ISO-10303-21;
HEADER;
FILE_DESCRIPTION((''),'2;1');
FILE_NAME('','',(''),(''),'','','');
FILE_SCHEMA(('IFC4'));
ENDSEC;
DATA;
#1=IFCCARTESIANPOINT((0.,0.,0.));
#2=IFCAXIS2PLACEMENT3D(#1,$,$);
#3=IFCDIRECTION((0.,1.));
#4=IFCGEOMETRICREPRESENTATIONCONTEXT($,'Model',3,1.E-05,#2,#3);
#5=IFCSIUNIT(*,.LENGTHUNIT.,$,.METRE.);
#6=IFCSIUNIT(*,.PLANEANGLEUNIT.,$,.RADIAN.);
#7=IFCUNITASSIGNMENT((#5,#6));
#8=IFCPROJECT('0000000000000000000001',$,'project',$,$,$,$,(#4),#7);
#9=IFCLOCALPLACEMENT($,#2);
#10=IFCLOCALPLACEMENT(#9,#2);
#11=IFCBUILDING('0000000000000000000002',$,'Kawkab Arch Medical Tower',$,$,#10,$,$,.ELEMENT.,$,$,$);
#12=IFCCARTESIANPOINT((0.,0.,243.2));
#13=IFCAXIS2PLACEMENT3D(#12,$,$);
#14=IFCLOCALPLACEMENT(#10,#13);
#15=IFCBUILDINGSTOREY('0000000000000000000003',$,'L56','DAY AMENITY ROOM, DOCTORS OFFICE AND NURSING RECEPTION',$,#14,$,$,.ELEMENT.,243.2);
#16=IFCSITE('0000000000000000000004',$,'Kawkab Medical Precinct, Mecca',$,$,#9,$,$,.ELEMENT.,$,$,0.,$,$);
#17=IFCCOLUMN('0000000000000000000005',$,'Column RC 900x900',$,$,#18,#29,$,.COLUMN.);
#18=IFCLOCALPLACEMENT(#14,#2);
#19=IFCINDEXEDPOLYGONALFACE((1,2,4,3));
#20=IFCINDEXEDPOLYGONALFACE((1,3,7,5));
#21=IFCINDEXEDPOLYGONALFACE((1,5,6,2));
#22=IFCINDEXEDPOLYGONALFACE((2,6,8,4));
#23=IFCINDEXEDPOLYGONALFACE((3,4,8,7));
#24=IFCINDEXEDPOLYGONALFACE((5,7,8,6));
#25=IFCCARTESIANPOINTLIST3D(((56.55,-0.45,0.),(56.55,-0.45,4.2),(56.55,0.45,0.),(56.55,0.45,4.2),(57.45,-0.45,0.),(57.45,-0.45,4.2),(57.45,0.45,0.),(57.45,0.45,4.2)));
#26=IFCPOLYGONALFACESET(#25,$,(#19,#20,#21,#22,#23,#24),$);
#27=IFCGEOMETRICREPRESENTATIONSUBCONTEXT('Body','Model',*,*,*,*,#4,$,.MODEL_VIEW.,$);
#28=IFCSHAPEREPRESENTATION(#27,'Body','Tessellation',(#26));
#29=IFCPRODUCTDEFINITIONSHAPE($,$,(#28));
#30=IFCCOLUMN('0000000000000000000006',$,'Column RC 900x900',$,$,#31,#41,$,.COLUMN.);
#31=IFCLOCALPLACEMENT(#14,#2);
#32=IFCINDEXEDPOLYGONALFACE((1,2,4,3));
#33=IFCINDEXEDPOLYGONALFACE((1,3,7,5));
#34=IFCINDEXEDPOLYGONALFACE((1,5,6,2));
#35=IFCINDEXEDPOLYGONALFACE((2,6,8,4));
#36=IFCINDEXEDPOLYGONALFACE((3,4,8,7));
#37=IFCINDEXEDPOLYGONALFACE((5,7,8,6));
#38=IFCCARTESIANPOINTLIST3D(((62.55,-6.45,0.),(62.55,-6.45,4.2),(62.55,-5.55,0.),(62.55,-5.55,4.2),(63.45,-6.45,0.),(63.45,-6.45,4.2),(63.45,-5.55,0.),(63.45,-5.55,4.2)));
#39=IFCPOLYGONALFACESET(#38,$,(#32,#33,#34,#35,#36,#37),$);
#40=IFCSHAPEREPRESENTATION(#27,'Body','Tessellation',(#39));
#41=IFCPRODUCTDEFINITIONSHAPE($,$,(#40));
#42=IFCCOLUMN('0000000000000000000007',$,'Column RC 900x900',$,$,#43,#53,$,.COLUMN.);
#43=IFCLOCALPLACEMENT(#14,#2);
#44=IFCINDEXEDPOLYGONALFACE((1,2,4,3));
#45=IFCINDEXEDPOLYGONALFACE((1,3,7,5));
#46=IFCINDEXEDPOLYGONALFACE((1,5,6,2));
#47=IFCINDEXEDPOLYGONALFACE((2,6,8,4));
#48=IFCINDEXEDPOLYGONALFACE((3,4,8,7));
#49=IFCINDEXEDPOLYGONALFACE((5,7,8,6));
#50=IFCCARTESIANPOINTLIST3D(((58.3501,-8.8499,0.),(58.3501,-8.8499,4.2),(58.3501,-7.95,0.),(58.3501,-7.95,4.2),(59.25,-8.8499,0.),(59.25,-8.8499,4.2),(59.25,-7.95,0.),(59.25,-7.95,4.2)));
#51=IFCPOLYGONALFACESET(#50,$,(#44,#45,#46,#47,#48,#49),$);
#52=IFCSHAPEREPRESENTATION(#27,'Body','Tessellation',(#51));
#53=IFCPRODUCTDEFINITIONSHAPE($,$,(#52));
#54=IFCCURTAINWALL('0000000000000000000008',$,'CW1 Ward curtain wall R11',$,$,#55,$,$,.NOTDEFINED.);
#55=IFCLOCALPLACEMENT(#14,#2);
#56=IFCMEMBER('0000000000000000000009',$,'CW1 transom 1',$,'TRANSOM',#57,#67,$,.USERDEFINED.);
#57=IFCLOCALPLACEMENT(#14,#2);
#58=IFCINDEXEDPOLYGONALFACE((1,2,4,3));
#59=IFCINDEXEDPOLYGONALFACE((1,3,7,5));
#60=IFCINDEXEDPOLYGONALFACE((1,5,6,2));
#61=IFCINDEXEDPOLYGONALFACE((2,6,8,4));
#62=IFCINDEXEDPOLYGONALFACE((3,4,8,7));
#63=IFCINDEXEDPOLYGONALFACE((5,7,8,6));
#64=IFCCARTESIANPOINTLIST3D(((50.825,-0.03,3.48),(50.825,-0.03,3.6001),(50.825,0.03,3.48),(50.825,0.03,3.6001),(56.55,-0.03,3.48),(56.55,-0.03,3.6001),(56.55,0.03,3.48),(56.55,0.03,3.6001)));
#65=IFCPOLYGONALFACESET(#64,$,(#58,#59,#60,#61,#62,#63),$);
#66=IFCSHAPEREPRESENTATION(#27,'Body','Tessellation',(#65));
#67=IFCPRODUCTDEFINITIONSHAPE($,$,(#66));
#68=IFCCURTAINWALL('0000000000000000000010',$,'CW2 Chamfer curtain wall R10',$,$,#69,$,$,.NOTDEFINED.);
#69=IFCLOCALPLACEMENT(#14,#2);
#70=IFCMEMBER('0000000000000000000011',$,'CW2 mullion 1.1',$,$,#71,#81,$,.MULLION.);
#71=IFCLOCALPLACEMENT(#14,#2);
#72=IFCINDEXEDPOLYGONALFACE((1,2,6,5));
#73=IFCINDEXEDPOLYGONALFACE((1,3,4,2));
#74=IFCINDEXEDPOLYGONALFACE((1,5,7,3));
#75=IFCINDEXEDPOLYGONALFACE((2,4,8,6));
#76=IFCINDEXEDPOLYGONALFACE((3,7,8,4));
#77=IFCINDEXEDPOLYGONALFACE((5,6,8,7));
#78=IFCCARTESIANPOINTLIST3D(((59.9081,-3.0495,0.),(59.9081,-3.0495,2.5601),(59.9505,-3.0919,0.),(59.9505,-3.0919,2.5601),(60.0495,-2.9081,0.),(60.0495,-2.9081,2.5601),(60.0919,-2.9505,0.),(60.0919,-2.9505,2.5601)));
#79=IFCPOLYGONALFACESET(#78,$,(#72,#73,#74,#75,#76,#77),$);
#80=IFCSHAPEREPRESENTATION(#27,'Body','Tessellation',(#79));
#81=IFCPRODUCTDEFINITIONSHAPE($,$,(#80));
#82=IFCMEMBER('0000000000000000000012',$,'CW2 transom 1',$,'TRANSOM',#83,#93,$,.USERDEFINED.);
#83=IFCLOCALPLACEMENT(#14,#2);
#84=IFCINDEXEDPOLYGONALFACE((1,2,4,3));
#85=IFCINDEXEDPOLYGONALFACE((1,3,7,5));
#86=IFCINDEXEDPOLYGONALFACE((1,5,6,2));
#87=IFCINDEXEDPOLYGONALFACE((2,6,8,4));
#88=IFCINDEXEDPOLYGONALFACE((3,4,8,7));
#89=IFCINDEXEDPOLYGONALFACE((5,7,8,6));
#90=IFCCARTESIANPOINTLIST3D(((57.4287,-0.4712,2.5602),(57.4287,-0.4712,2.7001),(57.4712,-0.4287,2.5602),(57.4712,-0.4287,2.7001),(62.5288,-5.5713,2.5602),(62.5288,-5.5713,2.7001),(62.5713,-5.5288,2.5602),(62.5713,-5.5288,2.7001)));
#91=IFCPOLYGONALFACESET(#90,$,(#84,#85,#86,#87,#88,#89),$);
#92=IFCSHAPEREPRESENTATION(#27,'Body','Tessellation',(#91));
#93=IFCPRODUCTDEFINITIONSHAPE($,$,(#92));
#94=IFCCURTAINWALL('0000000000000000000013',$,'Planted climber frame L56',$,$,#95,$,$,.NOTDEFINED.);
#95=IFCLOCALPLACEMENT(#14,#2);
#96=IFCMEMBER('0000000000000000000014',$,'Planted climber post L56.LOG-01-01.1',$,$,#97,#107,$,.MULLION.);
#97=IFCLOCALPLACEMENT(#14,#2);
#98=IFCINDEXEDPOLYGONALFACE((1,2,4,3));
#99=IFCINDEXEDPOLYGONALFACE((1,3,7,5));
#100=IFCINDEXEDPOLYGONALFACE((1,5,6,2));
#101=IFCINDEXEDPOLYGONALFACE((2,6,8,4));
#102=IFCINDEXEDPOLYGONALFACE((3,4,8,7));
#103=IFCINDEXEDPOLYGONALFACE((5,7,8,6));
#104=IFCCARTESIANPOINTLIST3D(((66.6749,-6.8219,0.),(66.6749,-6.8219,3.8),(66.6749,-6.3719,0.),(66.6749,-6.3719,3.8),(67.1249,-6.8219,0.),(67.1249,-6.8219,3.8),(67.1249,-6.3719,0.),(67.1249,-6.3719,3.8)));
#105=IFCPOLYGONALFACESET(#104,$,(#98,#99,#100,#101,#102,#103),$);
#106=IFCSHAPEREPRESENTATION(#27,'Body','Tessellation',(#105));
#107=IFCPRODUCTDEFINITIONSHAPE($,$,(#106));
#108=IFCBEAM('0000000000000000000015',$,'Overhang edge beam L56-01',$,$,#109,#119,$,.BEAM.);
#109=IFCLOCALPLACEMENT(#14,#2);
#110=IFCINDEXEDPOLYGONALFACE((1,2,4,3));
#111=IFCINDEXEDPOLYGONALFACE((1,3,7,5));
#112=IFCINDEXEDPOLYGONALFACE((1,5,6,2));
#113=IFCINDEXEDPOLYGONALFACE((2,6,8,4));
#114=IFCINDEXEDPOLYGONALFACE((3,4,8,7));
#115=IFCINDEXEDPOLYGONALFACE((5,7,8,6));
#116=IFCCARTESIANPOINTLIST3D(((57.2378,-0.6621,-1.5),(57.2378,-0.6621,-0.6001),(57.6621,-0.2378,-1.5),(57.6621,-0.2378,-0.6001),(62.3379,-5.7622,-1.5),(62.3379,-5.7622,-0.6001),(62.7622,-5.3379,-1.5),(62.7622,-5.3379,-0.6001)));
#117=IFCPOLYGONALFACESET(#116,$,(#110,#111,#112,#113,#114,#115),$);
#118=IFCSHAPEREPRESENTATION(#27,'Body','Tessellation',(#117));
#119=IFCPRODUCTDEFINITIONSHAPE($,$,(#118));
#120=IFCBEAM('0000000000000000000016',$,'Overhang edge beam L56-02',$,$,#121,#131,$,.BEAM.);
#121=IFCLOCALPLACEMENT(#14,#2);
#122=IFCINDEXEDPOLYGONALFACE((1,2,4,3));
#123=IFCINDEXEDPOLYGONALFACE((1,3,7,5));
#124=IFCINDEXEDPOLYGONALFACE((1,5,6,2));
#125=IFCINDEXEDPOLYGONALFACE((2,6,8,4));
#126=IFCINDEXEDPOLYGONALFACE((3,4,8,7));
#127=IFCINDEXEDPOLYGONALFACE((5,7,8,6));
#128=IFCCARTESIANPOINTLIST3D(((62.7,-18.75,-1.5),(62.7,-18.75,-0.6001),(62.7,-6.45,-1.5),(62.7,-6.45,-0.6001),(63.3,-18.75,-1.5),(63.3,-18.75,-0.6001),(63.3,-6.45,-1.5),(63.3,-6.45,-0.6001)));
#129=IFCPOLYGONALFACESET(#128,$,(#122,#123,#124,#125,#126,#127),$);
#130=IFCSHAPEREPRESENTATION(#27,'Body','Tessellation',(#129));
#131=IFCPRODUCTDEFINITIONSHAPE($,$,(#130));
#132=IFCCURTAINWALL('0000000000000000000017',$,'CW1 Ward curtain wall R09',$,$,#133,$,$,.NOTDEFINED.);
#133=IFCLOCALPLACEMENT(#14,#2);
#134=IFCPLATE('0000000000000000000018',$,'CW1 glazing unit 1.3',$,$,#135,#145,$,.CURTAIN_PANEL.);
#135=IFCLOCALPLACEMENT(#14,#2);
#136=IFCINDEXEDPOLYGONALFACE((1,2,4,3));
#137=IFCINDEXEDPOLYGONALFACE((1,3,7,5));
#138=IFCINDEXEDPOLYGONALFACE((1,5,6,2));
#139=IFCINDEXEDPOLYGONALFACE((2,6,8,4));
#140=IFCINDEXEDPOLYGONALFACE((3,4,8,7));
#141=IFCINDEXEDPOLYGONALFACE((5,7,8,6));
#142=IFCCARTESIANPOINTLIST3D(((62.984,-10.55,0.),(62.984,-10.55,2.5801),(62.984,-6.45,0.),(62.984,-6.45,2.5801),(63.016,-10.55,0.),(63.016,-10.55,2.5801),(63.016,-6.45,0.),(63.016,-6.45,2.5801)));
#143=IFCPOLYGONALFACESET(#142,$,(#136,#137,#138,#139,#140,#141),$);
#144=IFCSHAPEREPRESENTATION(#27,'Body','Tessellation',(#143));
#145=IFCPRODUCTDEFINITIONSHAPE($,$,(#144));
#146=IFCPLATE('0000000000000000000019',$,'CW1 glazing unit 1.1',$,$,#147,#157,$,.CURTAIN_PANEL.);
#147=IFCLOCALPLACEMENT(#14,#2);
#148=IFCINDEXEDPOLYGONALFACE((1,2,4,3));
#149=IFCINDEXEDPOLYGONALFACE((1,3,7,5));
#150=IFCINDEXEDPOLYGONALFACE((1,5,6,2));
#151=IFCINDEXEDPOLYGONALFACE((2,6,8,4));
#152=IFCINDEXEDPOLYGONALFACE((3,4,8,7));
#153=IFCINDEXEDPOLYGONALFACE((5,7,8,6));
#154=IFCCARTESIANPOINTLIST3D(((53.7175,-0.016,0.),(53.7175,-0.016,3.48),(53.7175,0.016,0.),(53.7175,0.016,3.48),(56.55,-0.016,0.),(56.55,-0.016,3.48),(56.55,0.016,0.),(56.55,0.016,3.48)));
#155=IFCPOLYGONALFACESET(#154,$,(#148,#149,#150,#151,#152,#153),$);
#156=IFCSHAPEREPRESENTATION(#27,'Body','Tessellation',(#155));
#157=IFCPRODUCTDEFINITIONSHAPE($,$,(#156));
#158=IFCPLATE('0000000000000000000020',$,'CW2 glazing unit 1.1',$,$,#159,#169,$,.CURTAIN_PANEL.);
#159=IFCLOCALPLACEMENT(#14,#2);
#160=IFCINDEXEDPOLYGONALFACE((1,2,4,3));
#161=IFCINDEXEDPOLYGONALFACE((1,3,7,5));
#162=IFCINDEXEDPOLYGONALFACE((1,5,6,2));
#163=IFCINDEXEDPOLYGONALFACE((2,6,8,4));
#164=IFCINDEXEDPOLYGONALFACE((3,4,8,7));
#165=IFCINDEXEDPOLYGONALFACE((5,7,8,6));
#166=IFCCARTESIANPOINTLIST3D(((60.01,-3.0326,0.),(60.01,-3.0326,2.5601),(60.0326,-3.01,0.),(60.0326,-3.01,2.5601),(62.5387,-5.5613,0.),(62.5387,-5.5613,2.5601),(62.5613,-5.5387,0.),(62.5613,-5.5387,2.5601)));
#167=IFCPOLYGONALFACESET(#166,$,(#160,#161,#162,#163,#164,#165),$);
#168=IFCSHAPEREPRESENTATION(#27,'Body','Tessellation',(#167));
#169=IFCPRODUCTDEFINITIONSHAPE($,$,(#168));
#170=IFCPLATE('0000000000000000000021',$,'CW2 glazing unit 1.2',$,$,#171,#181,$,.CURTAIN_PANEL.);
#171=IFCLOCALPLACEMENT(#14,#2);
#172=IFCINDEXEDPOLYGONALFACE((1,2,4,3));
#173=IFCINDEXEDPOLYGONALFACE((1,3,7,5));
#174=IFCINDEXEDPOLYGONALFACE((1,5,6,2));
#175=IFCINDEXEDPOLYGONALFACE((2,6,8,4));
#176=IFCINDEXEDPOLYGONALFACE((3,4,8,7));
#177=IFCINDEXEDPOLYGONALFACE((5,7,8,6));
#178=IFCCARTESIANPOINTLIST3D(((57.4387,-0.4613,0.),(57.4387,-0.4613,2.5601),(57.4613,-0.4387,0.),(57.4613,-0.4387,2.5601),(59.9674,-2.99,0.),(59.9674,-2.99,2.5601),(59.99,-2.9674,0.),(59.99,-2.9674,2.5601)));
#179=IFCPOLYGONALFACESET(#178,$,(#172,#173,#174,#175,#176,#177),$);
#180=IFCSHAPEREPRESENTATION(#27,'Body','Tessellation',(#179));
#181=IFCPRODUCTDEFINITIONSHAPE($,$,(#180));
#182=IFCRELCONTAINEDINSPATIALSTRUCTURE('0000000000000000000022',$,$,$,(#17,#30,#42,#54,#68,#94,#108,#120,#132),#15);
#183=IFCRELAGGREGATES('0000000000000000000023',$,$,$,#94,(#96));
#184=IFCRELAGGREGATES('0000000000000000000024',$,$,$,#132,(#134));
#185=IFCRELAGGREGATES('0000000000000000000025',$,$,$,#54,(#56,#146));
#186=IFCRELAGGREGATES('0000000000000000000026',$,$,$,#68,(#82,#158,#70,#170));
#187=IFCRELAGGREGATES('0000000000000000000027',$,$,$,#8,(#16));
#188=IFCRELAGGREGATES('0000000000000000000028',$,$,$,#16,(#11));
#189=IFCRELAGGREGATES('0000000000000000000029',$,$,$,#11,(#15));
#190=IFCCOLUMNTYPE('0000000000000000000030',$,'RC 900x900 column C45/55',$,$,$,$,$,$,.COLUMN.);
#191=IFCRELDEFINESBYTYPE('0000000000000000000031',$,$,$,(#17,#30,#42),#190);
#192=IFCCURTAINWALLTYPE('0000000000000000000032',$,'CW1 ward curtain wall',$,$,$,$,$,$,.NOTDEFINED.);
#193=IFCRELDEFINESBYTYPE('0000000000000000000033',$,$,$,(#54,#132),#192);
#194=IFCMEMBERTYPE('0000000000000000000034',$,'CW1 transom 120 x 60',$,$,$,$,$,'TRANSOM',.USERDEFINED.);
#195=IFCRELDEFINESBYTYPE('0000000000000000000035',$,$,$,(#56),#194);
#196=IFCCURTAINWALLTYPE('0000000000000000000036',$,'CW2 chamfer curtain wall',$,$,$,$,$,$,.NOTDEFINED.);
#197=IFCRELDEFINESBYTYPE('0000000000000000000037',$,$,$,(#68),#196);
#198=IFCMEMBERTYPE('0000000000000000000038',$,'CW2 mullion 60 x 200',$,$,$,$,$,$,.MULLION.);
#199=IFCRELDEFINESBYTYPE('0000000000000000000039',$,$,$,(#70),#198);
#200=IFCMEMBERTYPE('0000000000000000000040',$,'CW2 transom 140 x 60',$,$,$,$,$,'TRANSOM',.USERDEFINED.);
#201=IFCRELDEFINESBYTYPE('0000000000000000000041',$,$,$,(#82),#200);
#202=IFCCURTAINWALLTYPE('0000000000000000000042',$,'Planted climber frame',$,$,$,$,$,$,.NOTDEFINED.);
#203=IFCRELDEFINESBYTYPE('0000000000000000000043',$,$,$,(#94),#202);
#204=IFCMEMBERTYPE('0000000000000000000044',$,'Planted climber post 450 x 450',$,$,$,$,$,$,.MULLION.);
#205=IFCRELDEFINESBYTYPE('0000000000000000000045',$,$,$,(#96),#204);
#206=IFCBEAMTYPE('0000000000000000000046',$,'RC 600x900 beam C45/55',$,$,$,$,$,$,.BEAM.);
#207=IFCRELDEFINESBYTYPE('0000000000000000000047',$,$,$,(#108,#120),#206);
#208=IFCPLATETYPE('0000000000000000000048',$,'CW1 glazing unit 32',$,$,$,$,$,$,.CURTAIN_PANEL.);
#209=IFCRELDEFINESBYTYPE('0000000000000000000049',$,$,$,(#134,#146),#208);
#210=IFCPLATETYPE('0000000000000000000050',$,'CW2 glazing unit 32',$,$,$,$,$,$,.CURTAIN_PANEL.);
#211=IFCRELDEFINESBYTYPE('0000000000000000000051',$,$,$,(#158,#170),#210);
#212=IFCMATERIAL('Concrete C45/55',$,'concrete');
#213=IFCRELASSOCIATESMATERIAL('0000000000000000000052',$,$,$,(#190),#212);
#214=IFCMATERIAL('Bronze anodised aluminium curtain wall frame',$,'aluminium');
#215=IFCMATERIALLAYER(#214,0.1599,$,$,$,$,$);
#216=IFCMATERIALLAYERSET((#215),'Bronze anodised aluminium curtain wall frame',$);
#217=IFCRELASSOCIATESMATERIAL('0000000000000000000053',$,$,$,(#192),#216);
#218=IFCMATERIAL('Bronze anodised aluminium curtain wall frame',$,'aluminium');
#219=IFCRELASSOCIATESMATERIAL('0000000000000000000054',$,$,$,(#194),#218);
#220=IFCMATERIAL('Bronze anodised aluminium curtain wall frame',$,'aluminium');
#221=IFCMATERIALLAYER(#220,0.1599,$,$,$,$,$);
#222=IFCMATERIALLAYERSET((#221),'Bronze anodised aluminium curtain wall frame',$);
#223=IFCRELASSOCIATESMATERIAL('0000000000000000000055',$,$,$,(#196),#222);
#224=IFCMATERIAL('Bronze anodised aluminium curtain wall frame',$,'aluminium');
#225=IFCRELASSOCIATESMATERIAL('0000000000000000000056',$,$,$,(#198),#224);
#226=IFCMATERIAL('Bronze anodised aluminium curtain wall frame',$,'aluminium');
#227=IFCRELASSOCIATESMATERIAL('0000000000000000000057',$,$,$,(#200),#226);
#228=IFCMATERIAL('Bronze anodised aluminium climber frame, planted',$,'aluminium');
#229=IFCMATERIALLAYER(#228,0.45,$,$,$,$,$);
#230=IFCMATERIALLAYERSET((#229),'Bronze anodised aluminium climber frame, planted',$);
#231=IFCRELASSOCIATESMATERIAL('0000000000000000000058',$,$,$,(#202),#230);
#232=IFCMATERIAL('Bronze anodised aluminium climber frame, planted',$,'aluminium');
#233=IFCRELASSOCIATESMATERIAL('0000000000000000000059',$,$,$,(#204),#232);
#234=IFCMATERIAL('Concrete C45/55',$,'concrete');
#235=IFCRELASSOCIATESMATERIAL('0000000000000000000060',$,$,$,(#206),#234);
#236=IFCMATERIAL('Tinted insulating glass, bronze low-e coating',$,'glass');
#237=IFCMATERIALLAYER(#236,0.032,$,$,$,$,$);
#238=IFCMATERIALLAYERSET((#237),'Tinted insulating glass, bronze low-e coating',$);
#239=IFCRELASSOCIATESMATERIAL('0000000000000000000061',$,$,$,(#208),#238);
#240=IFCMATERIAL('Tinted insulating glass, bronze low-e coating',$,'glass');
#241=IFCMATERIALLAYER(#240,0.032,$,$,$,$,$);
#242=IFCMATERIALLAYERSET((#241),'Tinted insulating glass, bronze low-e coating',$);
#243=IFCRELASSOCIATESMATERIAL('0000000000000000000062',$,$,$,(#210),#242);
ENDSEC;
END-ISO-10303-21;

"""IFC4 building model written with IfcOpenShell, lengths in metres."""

from ifc_helpers import new_model, si_unit, direction, frame, origin, origin_2d, place, context, subcontext, project, spatial, rectangle, extrude, material, layer, layer_set, material_profile, profile_set, type_object, element, aggregate, save


model = new_model("IFC4")

# Units and contexts
model_context = context("Model", 3, precision=1e-05, world=origin(), true_north=direction((0.0, 1.0)))
body_context = subcontext(model_context, "Body", "Model", "MODEL_VIEW")
ifc_project = project(units=[si_unit("LENGTHUNIT", "METRE"), si_unit("PLANEANGLEUNIT", "RADIAN")], contexts=[model_context])

# Site, building, storey
site_placement = place(None, origin())
site = spatial("IfcSite", under=ifc_project, at=site_placement, Name="Kawkab Medical Precinct, Mecca", CompositionType="ELEMENT", RefElevation=0.0)
building_placement = place(site_placement, origin())
building = spatial("IfcBuilding", under=site, at=building_placement, Name="Kawkab Arch Medical Tower", CompositionType="ELEMENT")
storey_placement = place(building_placement, frame((0.0, 0.0, 243.2)))
storey = spatial("IfcBuildingStorey", under=building, at=storey_placement, Name="L56", Description="DAY AMENITY ROOM, DOCTORS OFFICE AND NURSING RECEPTION", CompositionType="ELEMENT", Elevation=243.2)

# Columns
ifc_material_1 = material(Name="Concrete C45/55", Category="concrete")
ifc_material_profile_1 = material_profile(ifc_material_1, rectangle(XDim=0.8999, YDim=0.8999, at=origin_2d()), Name="RC 900x900")
ifc_profile_set_1 = profile_set([ifc_material_profile_1], Name="Concrete C45/55")
column_type = type_object("IfcColumnType", Name="RC 900x900 column C45/55", PredefinedType="COLUMN", material=ifc_profile_set_1)
for number, where, z_axis, x_axis, name in (
    (1, (57.0, 0.0, 0.0), (0.0, 0.0, 1.0), (1.0, 0.0, 0.0), "Column RC 900x900"),
    (2, (63.0, -6.0, 0.0), (0.0, 0.0, 1.0), (1.0, 0.0, 0.0), "Column RC 900x900"),
    (3, (58.8, -8.3999, 0.0), (0.0, 0.0, 1.0), (1.0, 0.0, 0.0), "Column RC 900x900"),
):
    element("IfcColumn", number, at=place(storey_placement, frame(where, z_axis=z_axis, x_axis=x_axis)), inside=storey, type_object=column_type, Name=name, PredefinedType="COLUMN", context=body_context, shape_type="SweptSolid", body=[
        extrude(rectangle(XDim=0.8999, YDim=0.8999, at=origin_2d()), origin(), (0.0, 0.0, 1.0), 4.2),
    ])

# Curtain wall, member
ifc_material_2 = material(Name="Bronze anodised aluminium curtain wall frame", Category="aluminium")
ifc_layer_1 = layer(ifc_material_2, 0.1599)
ifc_layer_set_1 = layer_set([ifc_layer_1], Name="Bronze anodised aluminium curtain wall frame")
curtain_wall_type_1 = type_object("IfcCurtainWallType", Name="CW1 ward curtain wall", PredefinedType="NOTDEFINED", material=ifc_layer_set_1)
placement = place(storey_placement, origin())
curtain_wall_1 = element("IfcCurtainWall", 4, at=placement, inside=storey, type_object=curtain_wall_type_1, Name="CW1 Ward curtain wall R11", PredefinedType="NOTDEFINED")
ifc_material_3 = material(Name="Bronze anodised aluminium curtain wall frame", Category="aluminium")
ifc_material_profile_2 = material_profile(ifc_material_3, rectangle(XDim=0.0601, YDim=0.1201, at=origin_2d()), Name="AL 60x120")
ifc_profile_set_2 = profile_set([ifc_material_profile_2], Name="Bronze anodised aluminium curtain wall frame")
member_type_1 = type_object("IfcMemberType", Name="CW1 transom 120 x 60", ElementType="TRANSOM", PredefinedType="USERDEFINED", material=ifc_profile_set_2)
member_1_placement = place(storey_placement, frame((56.55, 0.0, 3.54), z_axis=(-1.0, 0.0, 0.0), x_axis=(0.0, -1.0, 0.0)))
member_1 = element("IfcMember", 5, at=member_1_placement, type_object=member_type_1, Name="CW1 transom 1", ObjectType="TRANSOM", PredefinedType="USERDEFINED", context=body_context, shape_type="SweptSolid", body=[
    extrude(rectangle(XDim=0.0601, YDim=0.1201, at=origin_2d()), origin(), (0.0, 0.0, 1.0), 5.7251),
])

# Curtain wall, members
ifc_material_4 = material(Name="Bronze anodised aluminium curtain wall frame", Category="aluminium")
ifc_layer_2 = layer(ifc_material_4, 0.1599)
ifc_layer_set_2 = layer_set([ifc_layer_2], Name="Bronze anodised aluminium curtain wall frame")
curtain_wall_type_2 = type_object("IfcCurtainWallType", Name="CW2 chamfer curtain wall", PredefinedType="NOTDEFINED", material=ifc_layer_set_2)
curtain_wall_2 = element("IfcCurtainWall", 6, at=placement, inside=storey, type_object=curtain_wall_type_2, Name="CW2 Chamfer curtain wall R10", PredefinedType="NOTDEFINED")
ifc_material_5 = material(Name="Bronze anodised aluminium curtain wall frame", Category="aluminium")
ifc_material_profile_3 = material_profile(ifc_material_5, rectangle(XDim=0.2, YDim=0.0601, at=origin_2d()), Name="AL 60x200")
ifc_profile_set_3 = profile_set([ifc_material_profile_3], Name="Bronze anodised aluminium curtain wall frame")
member_type_2 = type_object("IfcMemberType", Name="CW2 mullion 60 x 200", PredefinedType="MULLION", material=ifc_profile_set_3)
member_2_placement = place(storey_placement, frame((60.0, -3.0, 0.0), z_axis=(0.0, 0.0, 1.0), x_axis=(-0.707107, -0.707107, 0.0)))
member_2 = element("IfcMember", 7, at=member_2_placement, type_object=member_type_2, Name="CW2 mullion 1.1", PredefinedType="MULLION", context=body_context, shape_type="SweptSolid", body=[
    extrude(rectangle(XDim=0.2, YDim=0.0601, at=origin_2d()), origin(), (0.0, 0.0, 1.0), 2.5601),
])
ifc_material_6 = material(Name="Bronze anodised aluminium curtain wall frame", Category="aluminium")
ifc_material_profile_4 = material_profile(ifc_material_6, rectangle(XDim=0.0601, YDim=0.1399, at=origin_2d()), Name="AL 60x140")
ifc_profile_set_4 = profile_set([ifc_material_profile_4], Name="Bronze anodised aluminium curtain wall frame")
member_type_3 = type_object("IfcMemberType", Name="CW2 transom 140 x 60", ElementType="TRANSOM", PredefinedType="USERDEFINED", material=ifc_profile_set_4)
member_3_placement = place(storey_placement, frame((62.55, -5.55, 2.6301), z_axis=(-0.707107, 0.707107, 0.0), x_axis=(-0.707107, -0.707107, 0.0)))
member_3 = element("IfcMember", 8, at=member_3_placement, type_object=member_type_3, Name="CW2 transom 1", ObjectType="TRANSOM", PredefinedType="USERDEFINED", context=body_context, shape_type="SweptSolid", body=[
    extrude(rectangle(XDim=0.0601, YDim=0.1399, at=origin_2d()), origin(), (0.0, 0.0, 1.0), 7.2126),
])

# Curtain wall, member
ifc_material_7 = material(Name="Bronze anodised aluminium climber frame, planted", Category="aluminium")
ifc_layer_3 = layer(ifc_material_7, 0.45)
ifc_layer_set_3 = layer_set([ifc_layer_3], Name="Bronze anodised aluminium climber frame, planted")
curtain_wall_type_3 = type_object("IfcCurtainWallType", Name="Planted climber frame", PredefinedType="NOTDEFINED", material=ifc_layer_set_3)
curtain_wall_3 = element("IfcCurtainWall", 9, at=placement, inside=storey, type_object=curtain_wall_type_3, Name="Planted climber frame L56", PredefinedType="NOTDEFINED")
ifc_material_8 = material(Name="Bronze anodised aluminium climber frame, planted", Category="aluminium")
ifc_material_profile_5 = material_profile(ifc_material_8, rectangle(XDim=0.45, YDim=0.45, at=origin_2d()), Name="Post 450x450")
ifc_profile_set_5 = profile_set([ifc_material_profile_5], Name="Bronze anodised aluminium climber frame, planted")
member_type_4 = type_object("IfcMemberType", Name="Planted climber post 450 x 450", PredefinedType="MULLION", material=ifc_profile_set_5)
member_4_placement = place(storey_placement, frame((66.8999, -6.5969, 0.0), z_axis=(0.0, 0.0, 1.0), x_axis=(1.0, 0.0, 0.0)))
member_4 = element("IfcMember", 10, at=member_4_placement, type_object=member_type_4, Name="Planted climber post L56.LOG-01-01.1", PredefinedType="MULLION", context=body_context, shape_type="SweptSolid", body=[
    extrude(rectangle(XDim=0.45, YDim=0.45, at=origin_2d()), origin(), (0.0, 0.0, 1.0), 3.8),
])
aggregate(curtain_wall_3, [member_4])

# Beams
ifc_material_9 = material(Name="Concrete C45/55", Category="concrete")
ifc_material_profile_6 = material_profile(ifc_material_9, rectangle(XDim=0.6001, YDim=0.8999, at=origin_2d()), Name="RC 600x900")
ifc_profile_set_6 = profile_set([ifc_material_profile_6], Name="Concrete C45/55")
beam_type = type_object("IfcBeamType", Name="RC 600x900 beam C45/55", PredefinedType="BEAM", material=ifc_profile_set_6)
beam_1_placement = place(storey_placement, frame((57.45, -0.45, -1.05), z_axis=(0.707107, -0.707107, 0.0), x_axis=(0.707107, 0.707107, 0.0)))
element("IfcBeam", 11, at=beam_1_placement, inside=storey, type_object=beam_type, Name="Overhang edge beam L56-01", PredefinedType="BEAM", context=body_context, shape_type="SweptSolid", body=[
    extrude(rectangle(XDim=0.6001, YDim=0.8999, at=origin_2d()), origin(), (0.0, 0.0, 1.0), 7.2126),
])
beam_2_placement = place(storey_placement, frame((63.0, -6.45, -1.05), z_axis=(0.0, -1.0, 0.0), x_axis=(1.0, 0.0, 0.0)))
element("IfcBeam", 12, at=beam_2_placement, inside=storey, type_object=beam_type, Name="Overhang edge beam L56-02", PredefinedType="BEAM", context=body_context, shape_type="SweptSolid", body=[
    extrude(rectangle(XDim=0.6001, YDim=0.8999, at=origin_2d()), origin(), (0.0, 0.0, 1.0), 12.3),
])

# Curtain wall, plate
curtain_wall_4 = element("IfcCurtainWall", 13, at=placement, inside=storey, type_object=curtain_wall_type_1, Name="CW1 Ward curtain wall R09", PredefinedType="NOTDEFINED")
ifc_material_10 = material(Name="Tinted insulating glass, bronze low-e coating", Category="glass")
ifc_layer_4 = layer(ifc_material_10, 0.032)
ifc_layer_set_4 = layer_set([ifc_layer_4], Name="Tinted insulating glass, bronze low-e coating")
plate_type_1 = type_object("IfcPlateType", Name="CW1 glazing unit 32", PredefinedType="CURTAIN_PANEL", material=ifc_layer_set_4)
plate_1_placement = place(storey_placement, frame((63.0, -8.5, 0.0), z_axis=(0.0, 0.0, 1.0), x_axis=(0.0, 1.0, 0.0)))
plate_1 = element("IfcPlate", 14, at=plate_1_placement, type_object=plate_type_1, Name="CW1 glazing unit 1.3", PredefinedType="CURTAIN_PANEL", context=body_context, shape_type="SweptSolid", body=[
    extrude(rectangle(XDim=4.1001, YDim=0.032, at=origin_2d()), origin(), (0.0, 0.0, 1.0), 2.5801),
])
aggregate(curtain_wall_4, [plate_1])

# Plates
plate_2_placement = place(storey_placement, frame((55.1338, 0.0, 0.0), z_axis=(0.0, 0.0, 1.0), x_axis=(-1.0, 0.0, 0.0)))
plate_2 = element("IfcPlate", 15, at=plate_2_placement, type_object=plate_type_1, Name="CW1 glazing unit 1.1", PredefinedType="CURTAIN_PANEL", context=body_context, shape_type="SweptSolid", body=[
    extrude(rectangle(XDim=2.8325, YDim=0.032, at=origin_2d()), origin(), (0.0, 0.0, 1.0), 3.48),
])
aggregate(curtain_wall_1, [member_1, plate_2])
ifc_material_11 = material(Name="Tinted insulating glass, bronze low-e coating", Category="glass")
ifc_layer_5 = layer(ifc_material_11, 0.032)
ifc_layer_set_5 = layer_set([ifc_layer_5], Name="Tinted insulating glass, bronze low-e coating")
plate_type_2 = type_object("IfcPlateType", Name="CW2 glazing unit 32", PredefinedType="CURTAIN_PANEL", material=ifc_layer_set_5)
plate_3_placement = place(storey_placement, frame((61.2856, -4.2856, 0.0), z_axis=(0.0, 0.0, 1.0), x_axis=(-0.707107, 0.707107, 0.0)))
plate_3 = element("IfcPlate", 16, at=plate_3_placement, type_object=plate_type_2, Name="CW2 glazing unit 1.1", PredefinedType="CURTAIN_PANEL", context=body_context, shape_type="SweptSolid", body=[
    extrude(rectangle(XDim=3.5762, YDim=0.032, at=origin_2d()), origin(), (0.0, 0.0, 1.0), 2.5601),
])
plate_4_placement = place(storey_placement, frame((58.7144, -1.7144, 0.0), z_axis=(0.0, 0.0, 1.0), x_axis=(-0.707107, 0.707107, 0.0)))
plate_4 = element("IfcPlate", 17, at=plate_4_placement, type_object=plate_type_2, Name="CW2 glazing unit 1.2", PredefinedType="CURTAIN_PANEL", context=body_context, shape_type="SweptSolid", body=[
    extrude(rectangle(XDim=3.5762, YDim=0.032, at=origin_2d()), origin(), (0.0, 0.0, 1.0), 2.5601),
])
aggregate(curtain_wall_2, [member_3, plate_3, member_2, plate_4])

save(model, "model.ifc")
